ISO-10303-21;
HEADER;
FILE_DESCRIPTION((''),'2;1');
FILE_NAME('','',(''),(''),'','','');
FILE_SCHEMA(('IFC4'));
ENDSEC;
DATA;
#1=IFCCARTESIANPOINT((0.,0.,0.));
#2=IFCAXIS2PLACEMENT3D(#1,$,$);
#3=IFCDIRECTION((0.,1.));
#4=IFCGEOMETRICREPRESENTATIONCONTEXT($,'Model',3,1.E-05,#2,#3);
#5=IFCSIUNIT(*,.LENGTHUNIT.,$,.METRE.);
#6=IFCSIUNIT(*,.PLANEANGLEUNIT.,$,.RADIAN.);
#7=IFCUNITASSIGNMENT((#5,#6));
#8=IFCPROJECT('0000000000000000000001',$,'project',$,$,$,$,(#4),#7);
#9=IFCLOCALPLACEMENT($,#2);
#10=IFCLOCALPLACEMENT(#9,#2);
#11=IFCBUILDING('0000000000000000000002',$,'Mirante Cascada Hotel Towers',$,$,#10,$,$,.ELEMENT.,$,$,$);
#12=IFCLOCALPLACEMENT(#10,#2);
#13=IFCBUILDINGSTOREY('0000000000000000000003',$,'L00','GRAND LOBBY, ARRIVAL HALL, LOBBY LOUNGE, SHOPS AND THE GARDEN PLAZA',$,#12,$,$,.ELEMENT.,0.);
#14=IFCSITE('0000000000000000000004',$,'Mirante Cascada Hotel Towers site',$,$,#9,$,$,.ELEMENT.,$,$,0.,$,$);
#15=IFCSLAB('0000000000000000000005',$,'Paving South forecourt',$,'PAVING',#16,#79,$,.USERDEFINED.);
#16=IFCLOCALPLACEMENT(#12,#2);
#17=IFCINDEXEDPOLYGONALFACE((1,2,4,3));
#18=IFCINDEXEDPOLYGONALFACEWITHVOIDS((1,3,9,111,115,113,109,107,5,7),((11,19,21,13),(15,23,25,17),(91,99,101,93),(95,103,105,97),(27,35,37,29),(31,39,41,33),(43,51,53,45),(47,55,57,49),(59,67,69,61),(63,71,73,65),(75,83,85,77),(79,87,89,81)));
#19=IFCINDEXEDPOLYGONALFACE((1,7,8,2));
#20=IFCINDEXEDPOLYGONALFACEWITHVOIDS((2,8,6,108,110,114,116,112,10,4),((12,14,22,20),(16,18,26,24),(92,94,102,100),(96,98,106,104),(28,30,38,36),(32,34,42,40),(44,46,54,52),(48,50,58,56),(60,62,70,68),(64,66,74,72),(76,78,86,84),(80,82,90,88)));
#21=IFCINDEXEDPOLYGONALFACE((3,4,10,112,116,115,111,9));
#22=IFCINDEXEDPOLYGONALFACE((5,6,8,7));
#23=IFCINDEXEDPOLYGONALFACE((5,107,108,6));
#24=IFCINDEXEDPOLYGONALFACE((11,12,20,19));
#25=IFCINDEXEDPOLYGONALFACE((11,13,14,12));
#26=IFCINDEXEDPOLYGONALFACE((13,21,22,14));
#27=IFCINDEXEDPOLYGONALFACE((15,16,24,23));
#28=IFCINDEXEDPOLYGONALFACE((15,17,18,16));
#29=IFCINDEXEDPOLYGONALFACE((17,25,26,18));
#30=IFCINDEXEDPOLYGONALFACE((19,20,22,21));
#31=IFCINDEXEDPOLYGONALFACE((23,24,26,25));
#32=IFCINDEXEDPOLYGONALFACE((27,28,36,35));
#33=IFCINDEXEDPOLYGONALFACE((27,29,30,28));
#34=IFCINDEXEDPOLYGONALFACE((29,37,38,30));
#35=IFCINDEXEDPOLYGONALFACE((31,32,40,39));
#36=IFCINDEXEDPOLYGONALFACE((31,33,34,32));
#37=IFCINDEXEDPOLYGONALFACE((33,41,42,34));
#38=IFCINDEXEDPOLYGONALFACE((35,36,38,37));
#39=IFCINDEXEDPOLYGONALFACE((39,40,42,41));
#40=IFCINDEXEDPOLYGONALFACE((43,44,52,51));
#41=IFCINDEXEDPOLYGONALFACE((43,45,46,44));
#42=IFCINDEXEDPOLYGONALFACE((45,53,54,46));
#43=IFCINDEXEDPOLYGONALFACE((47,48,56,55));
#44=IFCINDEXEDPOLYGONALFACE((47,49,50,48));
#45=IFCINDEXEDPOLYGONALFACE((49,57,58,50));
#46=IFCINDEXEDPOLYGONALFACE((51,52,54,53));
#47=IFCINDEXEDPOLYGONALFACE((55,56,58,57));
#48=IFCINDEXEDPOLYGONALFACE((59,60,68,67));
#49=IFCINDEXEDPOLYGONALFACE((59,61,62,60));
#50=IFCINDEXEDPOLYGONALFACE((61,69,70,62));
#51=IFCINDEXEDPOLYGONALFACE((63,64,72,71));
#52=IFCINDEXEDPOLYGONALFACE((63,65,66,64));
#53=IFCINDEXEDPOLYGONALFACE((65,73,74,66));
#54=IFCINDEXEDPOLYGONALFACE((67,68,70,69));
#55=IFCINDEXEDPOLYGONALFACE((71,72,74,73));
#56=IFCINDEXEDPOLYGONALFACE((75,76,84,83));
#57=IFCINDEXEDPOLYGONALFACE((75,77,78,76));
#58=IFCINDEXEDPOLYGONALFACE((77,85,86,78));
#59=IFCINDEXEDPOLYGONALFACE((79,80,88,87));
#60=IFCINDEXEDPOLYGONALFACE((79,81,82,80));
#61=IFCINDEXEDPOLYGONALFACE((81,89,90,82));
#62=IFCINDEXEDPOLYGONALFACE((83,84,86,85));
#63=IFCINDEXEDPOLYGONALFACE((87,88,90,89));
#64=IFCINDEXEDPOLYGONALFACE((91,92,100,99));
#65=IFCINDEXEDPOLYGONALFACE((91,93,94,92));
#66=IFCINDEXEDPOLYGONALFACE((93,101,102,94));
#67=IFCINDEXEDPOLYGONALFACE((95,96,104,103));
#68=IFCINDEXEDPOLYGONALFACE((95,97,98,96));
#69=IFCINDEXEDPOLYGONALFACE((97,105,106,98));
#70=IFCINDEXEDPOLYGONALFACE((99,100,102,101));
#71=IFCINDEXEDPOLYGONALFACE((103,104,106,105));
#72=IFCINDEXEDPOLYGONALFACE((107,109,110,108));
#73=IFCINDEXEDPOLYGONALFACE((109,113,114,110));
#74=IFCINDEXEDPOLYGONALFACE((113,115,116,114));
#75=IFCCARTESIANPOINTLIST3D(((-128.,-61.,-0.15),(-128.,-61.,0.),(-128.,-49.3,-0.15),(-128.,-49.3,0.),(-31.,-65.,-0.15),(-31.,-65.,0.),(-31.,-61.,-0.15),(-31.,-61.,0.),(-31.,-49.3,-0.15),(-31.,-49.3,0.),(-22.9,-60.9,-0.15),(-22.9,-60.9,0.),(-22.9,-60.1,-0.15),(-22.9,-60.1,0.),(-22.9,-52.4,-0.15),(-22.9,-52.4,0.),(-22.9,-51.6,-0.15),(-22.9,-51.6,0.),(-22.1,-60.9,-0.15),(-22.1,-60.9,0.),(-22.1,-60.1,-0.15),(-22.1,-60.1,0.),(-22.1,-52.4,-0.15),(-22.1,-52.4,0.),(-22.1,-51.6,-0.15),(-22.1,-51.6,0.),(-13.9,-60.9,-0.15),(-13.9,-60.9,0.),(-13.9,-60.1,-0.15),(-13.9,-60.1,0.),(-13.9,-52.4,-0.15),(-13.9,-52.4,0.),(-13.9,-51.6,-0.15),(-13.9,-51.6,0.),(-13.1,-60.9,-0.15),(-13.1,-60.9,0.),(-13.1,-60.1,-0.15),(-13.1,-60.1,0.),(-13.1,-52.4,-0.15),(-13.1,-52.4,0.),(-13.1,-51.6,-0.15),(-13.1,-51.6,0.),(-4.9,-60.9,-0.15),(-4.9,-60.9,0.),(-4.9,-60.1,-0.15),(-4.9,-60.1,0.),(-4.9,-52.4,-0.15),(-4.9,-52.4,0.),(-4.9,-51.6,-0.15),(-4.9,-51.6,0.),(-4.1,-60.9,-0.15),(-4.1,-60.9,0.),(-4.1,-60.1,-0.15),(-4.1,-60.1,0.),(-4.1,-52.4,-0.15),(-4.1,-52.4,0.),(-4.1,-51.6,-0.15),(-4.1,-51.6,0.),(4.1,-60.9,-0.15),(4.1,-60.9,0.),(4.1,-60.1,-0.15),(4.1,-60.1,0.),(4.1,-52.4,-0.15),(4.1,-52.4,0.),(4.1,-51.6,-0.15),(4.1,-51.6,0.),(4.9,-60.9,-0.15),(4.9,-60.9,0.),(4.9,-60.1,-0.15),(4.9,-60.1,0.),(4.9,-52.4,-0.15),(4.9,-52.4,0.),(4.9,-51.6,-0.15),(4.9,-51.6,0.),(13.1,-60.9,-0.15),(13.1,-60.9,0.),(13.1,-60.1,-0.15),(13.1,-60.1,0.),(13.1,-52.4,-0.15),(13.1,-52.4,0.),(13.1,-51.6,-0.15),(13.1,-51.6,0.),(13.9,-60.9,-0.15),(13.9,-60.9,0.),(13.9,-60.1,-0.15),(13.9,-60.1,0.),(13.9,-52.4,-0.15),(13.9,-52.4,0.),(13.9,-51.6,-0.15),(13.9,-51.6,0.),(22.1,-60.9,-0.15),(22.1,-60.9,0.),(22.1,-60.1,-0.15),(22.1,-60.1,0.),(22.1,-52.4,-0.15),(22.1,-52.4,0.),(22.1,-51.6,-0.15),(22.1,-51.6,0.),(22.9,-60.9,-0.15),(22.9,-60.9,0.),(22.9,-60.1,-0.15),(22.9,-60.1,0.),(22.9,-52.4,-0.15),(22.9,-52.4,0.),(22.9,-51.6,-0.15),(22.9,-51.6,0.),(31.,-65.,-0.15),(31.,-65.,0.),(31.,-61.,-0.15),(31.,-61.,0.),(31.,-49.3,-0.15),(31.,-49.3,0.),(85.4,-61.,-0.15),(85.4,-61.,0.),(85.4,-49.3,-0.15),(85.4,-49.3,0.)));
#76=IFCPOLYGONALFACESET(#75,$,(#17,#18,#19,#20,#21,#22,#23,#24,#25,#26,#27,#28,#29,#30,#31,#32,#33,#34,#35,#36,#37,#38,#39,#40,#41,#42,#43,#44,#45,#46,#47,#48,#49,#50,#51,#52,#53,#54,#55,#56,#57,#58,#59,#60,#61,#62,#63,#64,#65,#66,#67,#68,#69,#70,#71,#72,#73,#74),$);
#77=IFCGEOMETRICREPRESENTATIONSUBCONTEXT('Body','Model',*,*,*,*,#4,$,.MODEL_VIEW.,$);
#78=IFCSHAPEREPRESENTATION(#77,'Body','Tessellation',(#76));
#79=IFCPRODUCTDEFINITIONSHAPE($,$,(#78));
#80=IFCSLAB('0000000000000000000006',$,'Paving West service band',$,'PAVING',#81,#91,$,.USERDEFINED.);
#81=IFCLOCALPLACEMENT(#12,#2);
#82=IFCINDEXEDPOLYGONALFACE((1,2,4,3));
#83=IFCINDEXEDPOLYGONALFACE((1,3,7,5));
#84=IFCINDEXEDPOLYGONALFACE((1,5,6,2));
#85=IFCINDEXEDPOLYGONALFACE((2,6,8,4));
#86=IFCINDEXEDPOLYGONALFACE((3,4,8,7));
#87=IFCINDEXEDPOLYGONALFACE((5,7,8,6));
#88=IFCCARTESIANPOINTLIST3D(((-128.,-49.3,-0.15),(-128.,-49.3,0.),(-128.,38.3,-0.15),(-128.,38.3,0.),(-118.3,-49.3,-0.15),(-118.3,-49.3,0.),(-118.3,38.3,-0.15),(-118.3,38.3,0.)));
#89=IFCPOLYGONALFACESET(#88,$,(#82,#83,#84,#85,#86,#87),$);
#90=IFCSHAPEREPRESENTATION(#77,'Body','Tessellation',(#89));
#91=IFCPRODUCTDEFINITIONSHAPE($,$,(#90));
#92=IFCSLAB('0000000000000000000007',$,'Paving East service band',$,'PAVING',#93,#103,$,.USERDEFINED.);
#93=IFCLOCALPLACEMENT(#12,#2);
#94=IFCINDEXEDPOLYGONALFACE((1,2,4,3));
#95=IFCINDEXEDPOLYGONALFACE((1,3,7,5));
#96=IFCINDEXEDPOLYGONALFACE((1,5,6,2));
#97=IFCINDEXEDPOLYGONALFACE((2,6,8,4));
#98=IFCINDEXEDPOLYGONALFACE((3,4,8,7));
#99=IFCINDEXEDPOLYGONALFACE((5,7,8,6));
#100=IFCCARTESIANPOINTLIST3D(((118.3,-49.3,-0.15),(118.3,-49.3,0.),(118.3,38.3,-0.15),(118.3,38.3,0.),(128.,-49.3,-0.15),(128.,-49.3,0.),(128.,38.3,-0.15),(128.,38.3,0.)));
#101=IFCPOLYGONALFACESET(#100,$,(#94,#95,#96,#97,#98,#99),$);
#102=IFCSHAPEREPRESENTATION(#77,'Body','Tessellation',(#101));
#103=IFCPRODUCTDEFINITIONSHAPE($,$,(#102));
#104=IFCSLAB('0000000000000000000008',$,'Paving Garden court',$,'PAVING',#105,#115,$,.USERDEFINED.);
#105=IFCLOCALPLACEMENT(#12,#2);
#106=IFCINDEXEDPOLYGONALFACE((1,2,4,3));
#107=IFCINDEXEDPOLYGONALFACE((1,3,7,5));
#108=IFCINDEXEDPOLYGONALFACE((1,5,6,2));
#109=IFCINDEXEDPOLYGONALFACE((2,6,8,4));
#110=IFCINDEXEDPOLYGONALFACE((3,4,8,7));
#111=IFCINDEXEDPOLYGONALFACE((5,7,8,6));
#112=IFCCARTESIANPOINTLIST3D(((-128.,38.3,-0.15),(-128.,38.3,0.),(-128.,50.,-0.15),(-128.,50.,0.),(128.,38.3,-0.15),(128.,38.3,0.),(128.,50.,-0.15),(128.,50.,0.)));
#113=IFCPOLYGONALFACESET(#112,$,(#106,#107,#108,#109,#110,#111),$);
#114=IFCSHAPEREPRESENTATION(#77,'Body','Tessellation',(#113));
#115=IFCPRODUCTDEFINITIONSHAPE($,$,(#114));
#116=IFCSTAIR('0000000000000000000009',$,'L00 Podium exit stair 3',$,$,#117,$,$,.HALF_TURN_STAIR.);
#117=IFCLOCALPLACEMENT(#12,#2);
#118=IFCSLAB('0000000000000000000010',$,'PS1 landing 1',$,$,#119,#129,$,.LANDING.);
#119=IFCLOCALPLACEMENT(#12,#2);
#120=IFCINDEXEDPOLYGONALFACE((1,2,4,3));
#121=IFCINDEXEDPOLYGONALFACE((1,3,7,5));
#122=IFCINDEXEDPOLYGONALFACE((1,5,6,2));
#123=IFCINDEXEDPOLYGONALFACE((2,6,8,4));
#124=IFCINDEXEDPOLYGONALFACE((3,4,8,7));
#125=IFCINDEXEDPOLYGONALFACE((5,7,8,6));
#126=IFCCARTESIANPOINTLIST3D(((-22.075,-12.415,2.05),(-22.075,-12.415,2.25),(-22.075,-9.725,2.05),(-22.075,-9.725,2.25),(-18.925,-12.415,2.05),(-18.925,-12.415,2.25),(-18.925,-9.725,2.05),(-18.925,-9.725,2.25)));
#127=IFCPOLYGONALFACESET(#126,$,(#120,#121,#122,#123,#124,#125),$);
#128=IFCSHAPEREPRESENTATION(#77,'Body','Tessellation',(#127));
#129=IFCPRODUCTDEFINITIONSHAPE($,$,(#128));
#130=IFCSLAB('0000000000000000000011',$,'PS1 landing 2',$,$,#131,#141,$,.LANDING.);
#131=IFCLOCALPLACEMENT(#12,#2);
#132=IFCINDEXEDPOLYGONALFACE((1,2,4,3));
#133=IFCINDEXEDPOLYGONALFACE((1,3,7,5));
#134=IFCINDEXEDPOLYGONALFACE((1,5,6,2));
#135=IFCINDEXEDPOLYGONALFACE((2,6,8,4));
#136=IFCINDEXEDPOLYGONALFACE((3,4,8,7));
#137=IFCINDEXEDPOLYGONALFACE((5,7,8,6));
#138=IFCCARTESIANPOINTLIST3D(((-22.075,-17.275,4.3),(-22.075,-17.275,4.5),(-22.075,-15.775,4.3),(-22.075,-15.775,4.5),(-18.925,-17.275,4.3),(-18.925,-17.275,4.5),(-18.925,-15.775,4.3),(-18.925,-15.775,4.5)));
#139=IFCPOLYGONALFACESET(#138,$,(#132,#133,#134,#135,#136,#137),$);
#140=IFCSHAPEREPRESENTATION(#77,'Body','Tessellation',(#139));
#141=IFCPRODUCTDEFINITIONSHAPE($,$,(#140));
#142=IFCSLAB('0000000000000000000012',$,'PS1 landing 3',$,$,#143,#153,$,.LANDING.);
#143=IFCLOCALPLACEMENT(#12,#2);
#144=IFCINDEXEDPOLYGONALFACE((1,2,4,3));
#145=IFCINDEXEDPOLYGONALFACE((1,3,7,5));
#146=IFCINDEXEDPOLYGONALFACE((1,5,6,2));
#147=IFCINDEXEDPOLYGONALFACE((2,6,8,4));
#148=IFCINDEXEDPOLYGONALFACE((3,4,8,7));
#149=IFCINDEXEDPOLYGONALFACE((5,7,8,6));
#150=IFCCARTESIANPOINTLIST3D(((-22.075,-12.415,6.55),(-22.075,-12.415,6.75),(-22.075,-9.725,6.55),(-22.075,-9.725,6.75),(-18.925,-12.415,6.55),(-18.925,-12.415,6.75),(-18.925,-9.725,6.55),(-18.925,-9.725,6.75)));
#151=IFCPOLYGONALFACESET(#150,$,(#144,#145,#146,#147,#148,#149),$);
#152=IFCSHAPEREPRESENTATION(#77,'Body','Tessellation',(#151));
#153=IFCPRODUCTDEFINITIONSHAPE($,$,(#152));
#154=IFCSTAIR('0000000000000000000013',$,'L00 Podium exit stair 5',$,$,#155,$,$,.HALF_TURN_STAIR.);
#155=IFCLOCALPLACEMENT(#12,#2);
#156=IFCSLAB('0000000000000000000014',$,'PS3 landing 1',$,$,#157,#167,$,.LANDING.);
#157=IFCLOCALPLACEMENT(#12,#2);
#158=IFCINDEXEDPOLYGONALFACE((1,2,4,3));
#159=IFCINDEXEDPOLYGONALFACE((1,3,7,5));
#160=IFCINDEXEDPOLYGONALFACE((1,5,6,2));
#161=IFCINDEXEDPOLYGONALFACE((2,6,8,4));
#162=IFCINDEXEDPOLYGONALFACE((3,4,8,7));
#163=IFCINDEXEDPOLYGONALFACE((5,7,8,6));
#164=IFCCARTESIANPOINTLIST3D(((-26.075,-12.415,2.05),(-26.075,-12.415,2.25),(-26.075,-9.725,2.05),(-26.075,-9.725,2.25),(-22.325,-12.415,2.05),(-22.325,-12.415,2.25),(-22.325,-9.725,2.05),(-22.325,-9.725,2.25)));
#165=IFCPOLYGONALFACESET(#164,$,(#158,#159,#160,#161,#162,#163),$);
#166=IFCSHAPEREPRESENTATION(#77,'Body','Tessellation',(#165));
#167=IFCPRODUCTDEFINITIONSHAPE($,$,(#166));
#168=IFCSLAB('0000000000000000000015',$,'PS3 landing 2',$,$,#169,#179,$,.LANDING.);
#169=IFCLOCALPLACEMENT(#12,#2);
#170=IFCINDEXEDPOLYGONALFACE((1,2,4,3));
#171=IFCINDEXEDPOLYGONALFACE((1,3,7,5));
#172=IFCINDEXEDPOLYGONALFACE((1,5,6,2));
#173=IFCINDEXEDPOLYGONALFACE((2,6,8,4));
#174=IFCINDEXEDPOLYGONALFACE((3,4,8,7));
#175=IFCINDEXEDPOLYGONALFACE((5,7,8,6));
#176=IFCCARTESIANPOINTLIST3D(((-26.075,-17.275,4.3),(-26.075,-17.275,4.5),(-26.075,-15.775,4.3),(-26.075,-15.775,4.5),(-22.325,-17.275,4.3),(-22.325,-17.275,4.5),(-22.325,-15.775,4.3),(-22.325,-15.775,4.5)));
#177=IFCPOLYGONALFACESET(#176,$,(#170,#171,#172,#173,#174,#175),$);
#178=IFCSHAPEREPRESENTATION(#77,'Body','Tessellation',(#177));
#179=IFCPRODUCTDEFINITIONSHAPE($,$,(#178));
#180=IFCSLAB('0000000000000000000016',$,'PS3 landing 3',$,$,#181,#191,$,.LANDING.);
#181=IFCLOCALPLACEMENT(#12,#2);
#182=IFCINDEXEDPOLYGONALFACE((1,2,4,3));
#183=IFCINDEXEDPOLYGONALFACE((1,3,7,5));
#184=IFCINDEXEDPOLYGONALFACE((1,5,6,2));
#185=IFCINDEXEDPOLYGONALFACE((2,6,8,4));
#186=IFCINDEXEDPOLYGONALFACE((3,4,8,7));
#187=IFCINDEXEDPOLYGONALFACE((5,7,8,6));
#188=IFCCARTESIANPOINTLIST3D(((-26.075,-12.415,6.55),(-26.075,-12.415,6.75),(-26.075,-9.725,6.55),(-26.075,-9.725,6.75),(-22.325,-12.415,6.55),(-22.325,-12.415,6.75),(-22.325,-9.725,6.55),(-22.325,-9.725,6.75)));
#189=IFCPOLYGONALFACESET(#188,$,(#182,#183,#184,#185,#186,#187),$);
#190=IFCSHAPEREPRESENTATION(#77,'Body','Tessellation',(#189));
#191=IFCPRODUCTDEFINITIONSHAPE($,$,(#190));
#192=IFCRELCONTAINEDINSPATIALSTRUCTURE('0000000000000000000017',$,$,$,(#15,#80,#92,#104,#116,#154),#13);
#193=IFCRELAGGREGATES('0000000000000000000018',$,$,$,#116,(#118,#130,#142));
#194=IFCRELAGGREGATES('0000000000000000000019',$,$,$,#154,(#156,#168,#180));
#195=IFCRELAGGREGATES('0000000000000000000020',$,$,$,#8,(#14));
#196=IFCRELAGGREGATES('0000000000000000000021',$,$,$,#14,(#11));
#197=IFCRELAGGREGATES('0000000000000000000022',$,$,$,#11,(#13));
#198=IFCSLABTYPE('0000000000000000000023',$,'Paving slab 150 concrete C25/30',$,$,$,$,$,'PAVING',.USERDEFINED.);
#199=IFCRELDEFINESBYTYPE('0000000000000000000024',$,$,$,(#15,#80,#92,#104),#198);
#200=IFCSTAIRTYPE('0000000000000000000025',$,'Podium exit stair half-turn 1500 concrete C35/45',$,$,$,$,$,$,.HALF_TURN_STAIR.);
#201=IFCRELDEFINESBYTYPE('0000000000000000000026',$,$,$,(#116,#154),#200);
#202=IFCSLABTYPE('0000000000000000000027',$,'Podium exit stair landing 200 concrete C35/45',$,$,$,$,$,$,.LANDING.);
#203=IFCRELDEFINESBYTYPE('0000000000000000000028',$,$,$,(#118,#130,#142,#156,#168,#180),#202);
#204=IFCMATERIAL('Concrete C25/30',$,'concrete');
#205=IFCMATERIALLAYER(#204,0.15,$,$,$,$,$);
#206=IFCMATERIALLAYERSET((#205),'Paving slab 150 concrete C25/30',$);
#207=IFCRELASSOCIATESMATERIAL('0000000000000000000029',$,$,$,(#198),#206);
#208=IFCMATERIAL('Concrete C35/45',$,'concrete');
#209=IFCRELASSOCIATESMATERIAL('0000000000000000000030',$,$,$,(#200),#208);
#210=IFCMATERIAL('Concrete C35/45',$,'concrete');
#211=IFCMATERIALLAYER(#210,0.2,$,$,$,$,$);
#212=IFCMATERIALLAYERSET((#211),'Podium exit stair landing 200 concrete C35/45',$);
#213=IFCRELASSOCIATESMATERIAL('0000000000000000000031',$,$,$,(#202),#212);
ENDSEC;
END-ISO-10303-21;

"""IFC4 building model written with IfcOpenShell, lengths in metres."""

from ifc_helpers import new_model, si_unit, direction, frame, origin, place, context, subcontext, project, spatial, polyline, outline, extrude, material, layer, layer_set, type_object, element, aggregate, save


model = new_model("IFC4")

# Units and contexts
model_context = context("Model", 3, precision=1e-05, world=origin(), true_north=direction((0.0, 1.0)))
body_context = subcontext(model_context, "Body", "Model", "MODEL_VIEW")
ifc_project = project(units=[si_unit("LENGTHUNIT", "METRE"), si_unit("PLANEANGLEUNIT", "RADIAN")], contexts=[model_context])

# Site, building, storey
site_placement = place(None, origin())
site = spatial("IfcSite", under=ifc_project, at=site_placement, Name="Mirante Cascada Hotel Towers site", CompositionType="ELEMENT", RefElevation=0.0)
building_placement = place(site_placement, origin())
building = spatial("IfcBuilding", under=site, at=building_placement, Name="Mirante Cascada Hotel Towers", CompositionType="ELEMENT")
storey_placement = place(building_placement, origin())
storey = spatial("IfcBuildingStorey", under=building, at=storey_placement, Name="L00", Description="GRAND LOBBY, ARRIVAL HALL, LOBBY LOUNGE, SHOPS AND THE GARDEN PLAZA", CompositionType="ELEMENT", Elevation=0.0)

# Slabs
ifc_material_1 = material(Name="Concrete C25/30", Category="concrete")
ifc_layer_1 = layer(ifc_material_1, 0.15)
ifc_layer_set_1 = layer_set([ifc_layer_1], Name="Paving slab 150 concrete C25/30")
slab_type_1 = type_object("IfcSlabType", Name="Paving slab 150 concrete C25/30", ElementType="PAVING", PredefinedType="USERDEFINED", material=ifc_layer_set_1)
slab_1_placement = place(storey_placement, frame((0.0, 0.0, -0.15)))
element("IfcSlab", 1, at=slab_1_placement, inside=storey, type_object=slab_type_1, Name="Paving South forecourt", ObjectType="PAVING", PredefinedType="USERDEFINED", context=body_context, shape_type="SweptSolid", body=[
    extrude(outline(polyline([(31.0, -61.0), (85.4, -61.0), (85.4, -49.3), (31.0, -49.3), (-31.0, -49.3), (-128.0, -49.3), (-128.0, -61.0), (-31.0, -61.0), (-31.0, -65.0), (31.0, -65.0), (31.0, -61.0)]), holes=[polyline([(22.9, -60.9), (22.1, -60.9), (22.1, -60.1), (22.9, -60.1), (22.9, -60.9)]), polyline([(22.9, -52.4), (22.1, -52.4), (22.1, -51.6), (22.9, -51.6), (22.9, -52.4)]), polyline([(13.9, -60.9), (13.1, -60.9), (13.1, -60.1), (13.9, -60.1), (13.9, -60.9)]), polyline([(13.9, -52.4), (13.1, -52.4), (13.1, -51.6), (13.9, -51.6), (13.9, -52.4)]), polyline([(4.9, -60.1), (4.9, -60.9), (4.1, -60.9), (4.1, -60.1), (4.9, -60.1)]), polyline([(4.9, -51.6), (4.9, -52.4), (4.1, -52.4), (4.1, -51.6), (4.9, -51.6)]), polyline([(-4.1, -60.9), (-4.9, -60.9), (-4.9, -60.1), (-4.1, -60.1), (-4.1, -60.9)]), polyline([(-4.1, -52.4), (-4.9, -52.4), (-4.9, -51.6), (-4.1, -51.6), (-4.1, -52.4)]), polyline([(-13.1, -60.9), (-13.9, -60.9), (-13.9, -60.1), (-13.1, -60.1), (-13.1, -60.9)]), polyline([(-13.1, -52.4), (-13.9, -52.4), (-13.9, -51.6), (-13.1, -51.6), (-13.1, -52.4)]), polyline([(-22.1, -60.1), (-22.1, -60.9), (-22.9, -60.9), (-22.9, -60.1), (-22.1, -60.1)]), polyline([(-22.1, -51.6), (-22.1, -52.4), (-22.9, -52.4), (-22.9, -51.6), (-22.1, -51.6)])]), origin(), (0.0, 0.0, 1.0), 0.15),
])
slab_2_placement = place(storey_placement, frame((0.0, 0.0, -0.15)))
element("IfcSlab", 2, at=slab_2_placement, inside=storey, type_object=slab_type_1, Name="Paving West service band", ObjectType="PAVING", PredefinedType="USERDEFINED", context=body_context, shape_type="SweptSolid", body=[
    extrude(outline(polyline([(-118.3, 38.3), (-128.0, 38.3), (-128.0, -49.3), (-118.3, -49.3), (-118.3, 38.3)])), origin(), (0.0, 0.0, 1.0), 0.15),
])
slab_3_placement = place(storey_placement, frame((0.0, 0.0, -0.15)))
element("IfcSlab", 3, at=slab_3_placement, inside=storey, type_object=slab_type_1, Name="Paving East service band", ObjectType="PAVING", PredefinedType="USERDEFINED", context=body_context, shape_type="SweptSolid", body=[
    extrude(outline(polyline([(128.0, 38.3), (118.3, 38.3), (118.3, -49.3), (128.0, -49.3), (128.0, 38.3)])), origin(), (0.0, 0.0, 1.0), 0.15),
])
slab_4_placement = place(storey_placement, frame((0.0, 0.0, -0.15)))
element("IfcSlab", 4, at=slab_4_placement, inside=storey, type_object=slab_type_1, Name="Paving Garden court", ObjectType="PAVING", PredefinedType="USERDEFINED", context=body_context, shape_type="SweptSolid", body=[
    extrude(outline(polyline([(128.0, 50.0), (-128.0, 50.0), (-128.0, 38.3), (128.0, 38.3), (128.0, 50.0)])), origin(), (0.0, 0.0, 1.0), 0.15),
])

# Stairs, slabs
ifc_material_2 = material(Name="Concrete C35/45", Category="concrete")
stair_type_1 = type_object("IfcStairType", Name="Podium exit stair half-turn 1500 concrete C35/45", PredefinedType="HALF_TURN_STAIR", material=ifc_material_2)
stair_1_placement = place(storey_placement, origin())
stair_1 = element("IfcStair", 5, at=stair_1_placement, inside=storey, type_object=stair_type_1, Name="L00 Podium exit stair 3", PredefinedType="HALF_TURN_STAIR")
ifc_material_3 = material(Name="Concrete C35/45", Category="concrete")
ifc_layer_2 = layer(ifc_material_3, 0.2)
ifc_layer_set_2 = layer_set([ifc_layer_2], Name="Podium exit stair landing 200 concrete C35/45")
slab_type_2 = type_object("IfcSlabType", Name="Podium exit stair landing 200 concrete C35/45", PredefinedType="LANDING", material=ifc_layer_set_2)
slab_5_placement = place(storey_placement, frame((0.0, 0.0, 2.05)))
slab_5 = element("IfcSlab", 6, at=slab_5_placement, type_object=slab_type_2, Name="PS1 landing 1", PredefinedType="LANDING", context=body_context, shape_type="SweptSolid", body=[
    extrude(outline(polyline([(-18.925, -12.415), (-18.925, -9.725), (-22.075, -9.725), (-22.075, -12.415), (-18.925, -12.415)])), origin(), (0.0, 0.0, 1.0), 0.2),
])
slab_6_placement = place(storey_placement, frame((0.0, 0.0, 4.3)))
slab_6 = element("IfcSlab", 7, at=slab_6_placement, type_object=slab_type_2, Name="PS1 landing 2", PredefinedType="LANDING", context=body_context, shape_type="SweptSolid", body=[
    extrude(outline(polyline([(-18.925, -17.275), (-18.925, -15.775), (-22.075, -15.775), (-22.075, -17.275), (-18.925, -17.275)])), origin(), (0.0, 0.0, 1.0), 0.2),
])
slab_7_placement = place(storey_placement, frame((0.0, 0.0, 6.55)))
slab_7 = element("IfcSlab", 8, at=slab_7_placement, type_object=slab_type_2, Name="PS1 landing 3", PredefinedType="LANDING", context=body_context, shape_type="SweptSolid", body=[
    extrude(outline(polyline([(-18.925, -12.415), (-18.925, -9.725), (-22.075, -9.725), (-22.075, -12.415), (-18.925, -12.415)])), origin(), (0.0, 0.0, 1.0), 0.2),
])
aggregate(stair_1, [slab_5, slab_6, slab_7])
stair_2_placement = place(storey_placement, origin())
stair_2 = element("IfcStair", 9, at=stair_2_placement, inside=storey, type_object=stair_type_1, Name="L00 Podium exit stair 5", PredefinedType="HALF_TURN_STAIR")
slab_8_placement = place(storey_placement, frame((0.0, 0.0, 2.05)))
slab_8 = element("IfcSlab", 10, at=slab_8_placement, type_object=slab_type_2, Name="PS3 landing 1", PredefinedType="LANDING", context=body_context, shape_type="SweptSolid", body=[
    extrude(outline(polyline([(-22.325, -12.415), (-22.325, -9.725), (-26.075, -9.725), (-26.075, -12.415), (-22.325, -12.415)])), origin(), (0.0, 0.0, 1.0), 0.2),
])
slab_9_placement = place(storey_placement, frame((0.0, 0.0, 4.3)))
slab_9 = element("IfcSlab", 11, at=slab_9_placement, type_object=slab_type_2, Name="PS3 landing 2", PredefinedType="LANDING", context=body_context, shape_type="SweptSolid", body=[
    extrude(outline(polyline([(-22.325, -17.275), (-22.325, -15.775), (-26.075, -15.775), (-26.075, -17.275), (-22.325, -17.275)])), origin(), (0.0, 0.0, 1.0), 0.2),
])
slab_10_placement = place(storey_placement, frame((0.0, 0.0, 6.55)))
slab_10 = element("IfcSlab", 12, at=slab_10_placement, type_object=slab_type_2, Name="PS3 landing 3", PredefinedType="LANDING", context=body_context, shape_type="SweptSolid", body=[
    extrude(outline(polyline([(-22.325, -12.415), (-22.325, -9.725), (-26.075, -9.725), (-26.075, -12.415), (-22.325, -12.415)])), origin(), (0.0, 0.0, 1.0), 0.2),
])
aggregate(stair_2, [slab_8, slab_9, slab_10])

save(model, "model.ifc")
